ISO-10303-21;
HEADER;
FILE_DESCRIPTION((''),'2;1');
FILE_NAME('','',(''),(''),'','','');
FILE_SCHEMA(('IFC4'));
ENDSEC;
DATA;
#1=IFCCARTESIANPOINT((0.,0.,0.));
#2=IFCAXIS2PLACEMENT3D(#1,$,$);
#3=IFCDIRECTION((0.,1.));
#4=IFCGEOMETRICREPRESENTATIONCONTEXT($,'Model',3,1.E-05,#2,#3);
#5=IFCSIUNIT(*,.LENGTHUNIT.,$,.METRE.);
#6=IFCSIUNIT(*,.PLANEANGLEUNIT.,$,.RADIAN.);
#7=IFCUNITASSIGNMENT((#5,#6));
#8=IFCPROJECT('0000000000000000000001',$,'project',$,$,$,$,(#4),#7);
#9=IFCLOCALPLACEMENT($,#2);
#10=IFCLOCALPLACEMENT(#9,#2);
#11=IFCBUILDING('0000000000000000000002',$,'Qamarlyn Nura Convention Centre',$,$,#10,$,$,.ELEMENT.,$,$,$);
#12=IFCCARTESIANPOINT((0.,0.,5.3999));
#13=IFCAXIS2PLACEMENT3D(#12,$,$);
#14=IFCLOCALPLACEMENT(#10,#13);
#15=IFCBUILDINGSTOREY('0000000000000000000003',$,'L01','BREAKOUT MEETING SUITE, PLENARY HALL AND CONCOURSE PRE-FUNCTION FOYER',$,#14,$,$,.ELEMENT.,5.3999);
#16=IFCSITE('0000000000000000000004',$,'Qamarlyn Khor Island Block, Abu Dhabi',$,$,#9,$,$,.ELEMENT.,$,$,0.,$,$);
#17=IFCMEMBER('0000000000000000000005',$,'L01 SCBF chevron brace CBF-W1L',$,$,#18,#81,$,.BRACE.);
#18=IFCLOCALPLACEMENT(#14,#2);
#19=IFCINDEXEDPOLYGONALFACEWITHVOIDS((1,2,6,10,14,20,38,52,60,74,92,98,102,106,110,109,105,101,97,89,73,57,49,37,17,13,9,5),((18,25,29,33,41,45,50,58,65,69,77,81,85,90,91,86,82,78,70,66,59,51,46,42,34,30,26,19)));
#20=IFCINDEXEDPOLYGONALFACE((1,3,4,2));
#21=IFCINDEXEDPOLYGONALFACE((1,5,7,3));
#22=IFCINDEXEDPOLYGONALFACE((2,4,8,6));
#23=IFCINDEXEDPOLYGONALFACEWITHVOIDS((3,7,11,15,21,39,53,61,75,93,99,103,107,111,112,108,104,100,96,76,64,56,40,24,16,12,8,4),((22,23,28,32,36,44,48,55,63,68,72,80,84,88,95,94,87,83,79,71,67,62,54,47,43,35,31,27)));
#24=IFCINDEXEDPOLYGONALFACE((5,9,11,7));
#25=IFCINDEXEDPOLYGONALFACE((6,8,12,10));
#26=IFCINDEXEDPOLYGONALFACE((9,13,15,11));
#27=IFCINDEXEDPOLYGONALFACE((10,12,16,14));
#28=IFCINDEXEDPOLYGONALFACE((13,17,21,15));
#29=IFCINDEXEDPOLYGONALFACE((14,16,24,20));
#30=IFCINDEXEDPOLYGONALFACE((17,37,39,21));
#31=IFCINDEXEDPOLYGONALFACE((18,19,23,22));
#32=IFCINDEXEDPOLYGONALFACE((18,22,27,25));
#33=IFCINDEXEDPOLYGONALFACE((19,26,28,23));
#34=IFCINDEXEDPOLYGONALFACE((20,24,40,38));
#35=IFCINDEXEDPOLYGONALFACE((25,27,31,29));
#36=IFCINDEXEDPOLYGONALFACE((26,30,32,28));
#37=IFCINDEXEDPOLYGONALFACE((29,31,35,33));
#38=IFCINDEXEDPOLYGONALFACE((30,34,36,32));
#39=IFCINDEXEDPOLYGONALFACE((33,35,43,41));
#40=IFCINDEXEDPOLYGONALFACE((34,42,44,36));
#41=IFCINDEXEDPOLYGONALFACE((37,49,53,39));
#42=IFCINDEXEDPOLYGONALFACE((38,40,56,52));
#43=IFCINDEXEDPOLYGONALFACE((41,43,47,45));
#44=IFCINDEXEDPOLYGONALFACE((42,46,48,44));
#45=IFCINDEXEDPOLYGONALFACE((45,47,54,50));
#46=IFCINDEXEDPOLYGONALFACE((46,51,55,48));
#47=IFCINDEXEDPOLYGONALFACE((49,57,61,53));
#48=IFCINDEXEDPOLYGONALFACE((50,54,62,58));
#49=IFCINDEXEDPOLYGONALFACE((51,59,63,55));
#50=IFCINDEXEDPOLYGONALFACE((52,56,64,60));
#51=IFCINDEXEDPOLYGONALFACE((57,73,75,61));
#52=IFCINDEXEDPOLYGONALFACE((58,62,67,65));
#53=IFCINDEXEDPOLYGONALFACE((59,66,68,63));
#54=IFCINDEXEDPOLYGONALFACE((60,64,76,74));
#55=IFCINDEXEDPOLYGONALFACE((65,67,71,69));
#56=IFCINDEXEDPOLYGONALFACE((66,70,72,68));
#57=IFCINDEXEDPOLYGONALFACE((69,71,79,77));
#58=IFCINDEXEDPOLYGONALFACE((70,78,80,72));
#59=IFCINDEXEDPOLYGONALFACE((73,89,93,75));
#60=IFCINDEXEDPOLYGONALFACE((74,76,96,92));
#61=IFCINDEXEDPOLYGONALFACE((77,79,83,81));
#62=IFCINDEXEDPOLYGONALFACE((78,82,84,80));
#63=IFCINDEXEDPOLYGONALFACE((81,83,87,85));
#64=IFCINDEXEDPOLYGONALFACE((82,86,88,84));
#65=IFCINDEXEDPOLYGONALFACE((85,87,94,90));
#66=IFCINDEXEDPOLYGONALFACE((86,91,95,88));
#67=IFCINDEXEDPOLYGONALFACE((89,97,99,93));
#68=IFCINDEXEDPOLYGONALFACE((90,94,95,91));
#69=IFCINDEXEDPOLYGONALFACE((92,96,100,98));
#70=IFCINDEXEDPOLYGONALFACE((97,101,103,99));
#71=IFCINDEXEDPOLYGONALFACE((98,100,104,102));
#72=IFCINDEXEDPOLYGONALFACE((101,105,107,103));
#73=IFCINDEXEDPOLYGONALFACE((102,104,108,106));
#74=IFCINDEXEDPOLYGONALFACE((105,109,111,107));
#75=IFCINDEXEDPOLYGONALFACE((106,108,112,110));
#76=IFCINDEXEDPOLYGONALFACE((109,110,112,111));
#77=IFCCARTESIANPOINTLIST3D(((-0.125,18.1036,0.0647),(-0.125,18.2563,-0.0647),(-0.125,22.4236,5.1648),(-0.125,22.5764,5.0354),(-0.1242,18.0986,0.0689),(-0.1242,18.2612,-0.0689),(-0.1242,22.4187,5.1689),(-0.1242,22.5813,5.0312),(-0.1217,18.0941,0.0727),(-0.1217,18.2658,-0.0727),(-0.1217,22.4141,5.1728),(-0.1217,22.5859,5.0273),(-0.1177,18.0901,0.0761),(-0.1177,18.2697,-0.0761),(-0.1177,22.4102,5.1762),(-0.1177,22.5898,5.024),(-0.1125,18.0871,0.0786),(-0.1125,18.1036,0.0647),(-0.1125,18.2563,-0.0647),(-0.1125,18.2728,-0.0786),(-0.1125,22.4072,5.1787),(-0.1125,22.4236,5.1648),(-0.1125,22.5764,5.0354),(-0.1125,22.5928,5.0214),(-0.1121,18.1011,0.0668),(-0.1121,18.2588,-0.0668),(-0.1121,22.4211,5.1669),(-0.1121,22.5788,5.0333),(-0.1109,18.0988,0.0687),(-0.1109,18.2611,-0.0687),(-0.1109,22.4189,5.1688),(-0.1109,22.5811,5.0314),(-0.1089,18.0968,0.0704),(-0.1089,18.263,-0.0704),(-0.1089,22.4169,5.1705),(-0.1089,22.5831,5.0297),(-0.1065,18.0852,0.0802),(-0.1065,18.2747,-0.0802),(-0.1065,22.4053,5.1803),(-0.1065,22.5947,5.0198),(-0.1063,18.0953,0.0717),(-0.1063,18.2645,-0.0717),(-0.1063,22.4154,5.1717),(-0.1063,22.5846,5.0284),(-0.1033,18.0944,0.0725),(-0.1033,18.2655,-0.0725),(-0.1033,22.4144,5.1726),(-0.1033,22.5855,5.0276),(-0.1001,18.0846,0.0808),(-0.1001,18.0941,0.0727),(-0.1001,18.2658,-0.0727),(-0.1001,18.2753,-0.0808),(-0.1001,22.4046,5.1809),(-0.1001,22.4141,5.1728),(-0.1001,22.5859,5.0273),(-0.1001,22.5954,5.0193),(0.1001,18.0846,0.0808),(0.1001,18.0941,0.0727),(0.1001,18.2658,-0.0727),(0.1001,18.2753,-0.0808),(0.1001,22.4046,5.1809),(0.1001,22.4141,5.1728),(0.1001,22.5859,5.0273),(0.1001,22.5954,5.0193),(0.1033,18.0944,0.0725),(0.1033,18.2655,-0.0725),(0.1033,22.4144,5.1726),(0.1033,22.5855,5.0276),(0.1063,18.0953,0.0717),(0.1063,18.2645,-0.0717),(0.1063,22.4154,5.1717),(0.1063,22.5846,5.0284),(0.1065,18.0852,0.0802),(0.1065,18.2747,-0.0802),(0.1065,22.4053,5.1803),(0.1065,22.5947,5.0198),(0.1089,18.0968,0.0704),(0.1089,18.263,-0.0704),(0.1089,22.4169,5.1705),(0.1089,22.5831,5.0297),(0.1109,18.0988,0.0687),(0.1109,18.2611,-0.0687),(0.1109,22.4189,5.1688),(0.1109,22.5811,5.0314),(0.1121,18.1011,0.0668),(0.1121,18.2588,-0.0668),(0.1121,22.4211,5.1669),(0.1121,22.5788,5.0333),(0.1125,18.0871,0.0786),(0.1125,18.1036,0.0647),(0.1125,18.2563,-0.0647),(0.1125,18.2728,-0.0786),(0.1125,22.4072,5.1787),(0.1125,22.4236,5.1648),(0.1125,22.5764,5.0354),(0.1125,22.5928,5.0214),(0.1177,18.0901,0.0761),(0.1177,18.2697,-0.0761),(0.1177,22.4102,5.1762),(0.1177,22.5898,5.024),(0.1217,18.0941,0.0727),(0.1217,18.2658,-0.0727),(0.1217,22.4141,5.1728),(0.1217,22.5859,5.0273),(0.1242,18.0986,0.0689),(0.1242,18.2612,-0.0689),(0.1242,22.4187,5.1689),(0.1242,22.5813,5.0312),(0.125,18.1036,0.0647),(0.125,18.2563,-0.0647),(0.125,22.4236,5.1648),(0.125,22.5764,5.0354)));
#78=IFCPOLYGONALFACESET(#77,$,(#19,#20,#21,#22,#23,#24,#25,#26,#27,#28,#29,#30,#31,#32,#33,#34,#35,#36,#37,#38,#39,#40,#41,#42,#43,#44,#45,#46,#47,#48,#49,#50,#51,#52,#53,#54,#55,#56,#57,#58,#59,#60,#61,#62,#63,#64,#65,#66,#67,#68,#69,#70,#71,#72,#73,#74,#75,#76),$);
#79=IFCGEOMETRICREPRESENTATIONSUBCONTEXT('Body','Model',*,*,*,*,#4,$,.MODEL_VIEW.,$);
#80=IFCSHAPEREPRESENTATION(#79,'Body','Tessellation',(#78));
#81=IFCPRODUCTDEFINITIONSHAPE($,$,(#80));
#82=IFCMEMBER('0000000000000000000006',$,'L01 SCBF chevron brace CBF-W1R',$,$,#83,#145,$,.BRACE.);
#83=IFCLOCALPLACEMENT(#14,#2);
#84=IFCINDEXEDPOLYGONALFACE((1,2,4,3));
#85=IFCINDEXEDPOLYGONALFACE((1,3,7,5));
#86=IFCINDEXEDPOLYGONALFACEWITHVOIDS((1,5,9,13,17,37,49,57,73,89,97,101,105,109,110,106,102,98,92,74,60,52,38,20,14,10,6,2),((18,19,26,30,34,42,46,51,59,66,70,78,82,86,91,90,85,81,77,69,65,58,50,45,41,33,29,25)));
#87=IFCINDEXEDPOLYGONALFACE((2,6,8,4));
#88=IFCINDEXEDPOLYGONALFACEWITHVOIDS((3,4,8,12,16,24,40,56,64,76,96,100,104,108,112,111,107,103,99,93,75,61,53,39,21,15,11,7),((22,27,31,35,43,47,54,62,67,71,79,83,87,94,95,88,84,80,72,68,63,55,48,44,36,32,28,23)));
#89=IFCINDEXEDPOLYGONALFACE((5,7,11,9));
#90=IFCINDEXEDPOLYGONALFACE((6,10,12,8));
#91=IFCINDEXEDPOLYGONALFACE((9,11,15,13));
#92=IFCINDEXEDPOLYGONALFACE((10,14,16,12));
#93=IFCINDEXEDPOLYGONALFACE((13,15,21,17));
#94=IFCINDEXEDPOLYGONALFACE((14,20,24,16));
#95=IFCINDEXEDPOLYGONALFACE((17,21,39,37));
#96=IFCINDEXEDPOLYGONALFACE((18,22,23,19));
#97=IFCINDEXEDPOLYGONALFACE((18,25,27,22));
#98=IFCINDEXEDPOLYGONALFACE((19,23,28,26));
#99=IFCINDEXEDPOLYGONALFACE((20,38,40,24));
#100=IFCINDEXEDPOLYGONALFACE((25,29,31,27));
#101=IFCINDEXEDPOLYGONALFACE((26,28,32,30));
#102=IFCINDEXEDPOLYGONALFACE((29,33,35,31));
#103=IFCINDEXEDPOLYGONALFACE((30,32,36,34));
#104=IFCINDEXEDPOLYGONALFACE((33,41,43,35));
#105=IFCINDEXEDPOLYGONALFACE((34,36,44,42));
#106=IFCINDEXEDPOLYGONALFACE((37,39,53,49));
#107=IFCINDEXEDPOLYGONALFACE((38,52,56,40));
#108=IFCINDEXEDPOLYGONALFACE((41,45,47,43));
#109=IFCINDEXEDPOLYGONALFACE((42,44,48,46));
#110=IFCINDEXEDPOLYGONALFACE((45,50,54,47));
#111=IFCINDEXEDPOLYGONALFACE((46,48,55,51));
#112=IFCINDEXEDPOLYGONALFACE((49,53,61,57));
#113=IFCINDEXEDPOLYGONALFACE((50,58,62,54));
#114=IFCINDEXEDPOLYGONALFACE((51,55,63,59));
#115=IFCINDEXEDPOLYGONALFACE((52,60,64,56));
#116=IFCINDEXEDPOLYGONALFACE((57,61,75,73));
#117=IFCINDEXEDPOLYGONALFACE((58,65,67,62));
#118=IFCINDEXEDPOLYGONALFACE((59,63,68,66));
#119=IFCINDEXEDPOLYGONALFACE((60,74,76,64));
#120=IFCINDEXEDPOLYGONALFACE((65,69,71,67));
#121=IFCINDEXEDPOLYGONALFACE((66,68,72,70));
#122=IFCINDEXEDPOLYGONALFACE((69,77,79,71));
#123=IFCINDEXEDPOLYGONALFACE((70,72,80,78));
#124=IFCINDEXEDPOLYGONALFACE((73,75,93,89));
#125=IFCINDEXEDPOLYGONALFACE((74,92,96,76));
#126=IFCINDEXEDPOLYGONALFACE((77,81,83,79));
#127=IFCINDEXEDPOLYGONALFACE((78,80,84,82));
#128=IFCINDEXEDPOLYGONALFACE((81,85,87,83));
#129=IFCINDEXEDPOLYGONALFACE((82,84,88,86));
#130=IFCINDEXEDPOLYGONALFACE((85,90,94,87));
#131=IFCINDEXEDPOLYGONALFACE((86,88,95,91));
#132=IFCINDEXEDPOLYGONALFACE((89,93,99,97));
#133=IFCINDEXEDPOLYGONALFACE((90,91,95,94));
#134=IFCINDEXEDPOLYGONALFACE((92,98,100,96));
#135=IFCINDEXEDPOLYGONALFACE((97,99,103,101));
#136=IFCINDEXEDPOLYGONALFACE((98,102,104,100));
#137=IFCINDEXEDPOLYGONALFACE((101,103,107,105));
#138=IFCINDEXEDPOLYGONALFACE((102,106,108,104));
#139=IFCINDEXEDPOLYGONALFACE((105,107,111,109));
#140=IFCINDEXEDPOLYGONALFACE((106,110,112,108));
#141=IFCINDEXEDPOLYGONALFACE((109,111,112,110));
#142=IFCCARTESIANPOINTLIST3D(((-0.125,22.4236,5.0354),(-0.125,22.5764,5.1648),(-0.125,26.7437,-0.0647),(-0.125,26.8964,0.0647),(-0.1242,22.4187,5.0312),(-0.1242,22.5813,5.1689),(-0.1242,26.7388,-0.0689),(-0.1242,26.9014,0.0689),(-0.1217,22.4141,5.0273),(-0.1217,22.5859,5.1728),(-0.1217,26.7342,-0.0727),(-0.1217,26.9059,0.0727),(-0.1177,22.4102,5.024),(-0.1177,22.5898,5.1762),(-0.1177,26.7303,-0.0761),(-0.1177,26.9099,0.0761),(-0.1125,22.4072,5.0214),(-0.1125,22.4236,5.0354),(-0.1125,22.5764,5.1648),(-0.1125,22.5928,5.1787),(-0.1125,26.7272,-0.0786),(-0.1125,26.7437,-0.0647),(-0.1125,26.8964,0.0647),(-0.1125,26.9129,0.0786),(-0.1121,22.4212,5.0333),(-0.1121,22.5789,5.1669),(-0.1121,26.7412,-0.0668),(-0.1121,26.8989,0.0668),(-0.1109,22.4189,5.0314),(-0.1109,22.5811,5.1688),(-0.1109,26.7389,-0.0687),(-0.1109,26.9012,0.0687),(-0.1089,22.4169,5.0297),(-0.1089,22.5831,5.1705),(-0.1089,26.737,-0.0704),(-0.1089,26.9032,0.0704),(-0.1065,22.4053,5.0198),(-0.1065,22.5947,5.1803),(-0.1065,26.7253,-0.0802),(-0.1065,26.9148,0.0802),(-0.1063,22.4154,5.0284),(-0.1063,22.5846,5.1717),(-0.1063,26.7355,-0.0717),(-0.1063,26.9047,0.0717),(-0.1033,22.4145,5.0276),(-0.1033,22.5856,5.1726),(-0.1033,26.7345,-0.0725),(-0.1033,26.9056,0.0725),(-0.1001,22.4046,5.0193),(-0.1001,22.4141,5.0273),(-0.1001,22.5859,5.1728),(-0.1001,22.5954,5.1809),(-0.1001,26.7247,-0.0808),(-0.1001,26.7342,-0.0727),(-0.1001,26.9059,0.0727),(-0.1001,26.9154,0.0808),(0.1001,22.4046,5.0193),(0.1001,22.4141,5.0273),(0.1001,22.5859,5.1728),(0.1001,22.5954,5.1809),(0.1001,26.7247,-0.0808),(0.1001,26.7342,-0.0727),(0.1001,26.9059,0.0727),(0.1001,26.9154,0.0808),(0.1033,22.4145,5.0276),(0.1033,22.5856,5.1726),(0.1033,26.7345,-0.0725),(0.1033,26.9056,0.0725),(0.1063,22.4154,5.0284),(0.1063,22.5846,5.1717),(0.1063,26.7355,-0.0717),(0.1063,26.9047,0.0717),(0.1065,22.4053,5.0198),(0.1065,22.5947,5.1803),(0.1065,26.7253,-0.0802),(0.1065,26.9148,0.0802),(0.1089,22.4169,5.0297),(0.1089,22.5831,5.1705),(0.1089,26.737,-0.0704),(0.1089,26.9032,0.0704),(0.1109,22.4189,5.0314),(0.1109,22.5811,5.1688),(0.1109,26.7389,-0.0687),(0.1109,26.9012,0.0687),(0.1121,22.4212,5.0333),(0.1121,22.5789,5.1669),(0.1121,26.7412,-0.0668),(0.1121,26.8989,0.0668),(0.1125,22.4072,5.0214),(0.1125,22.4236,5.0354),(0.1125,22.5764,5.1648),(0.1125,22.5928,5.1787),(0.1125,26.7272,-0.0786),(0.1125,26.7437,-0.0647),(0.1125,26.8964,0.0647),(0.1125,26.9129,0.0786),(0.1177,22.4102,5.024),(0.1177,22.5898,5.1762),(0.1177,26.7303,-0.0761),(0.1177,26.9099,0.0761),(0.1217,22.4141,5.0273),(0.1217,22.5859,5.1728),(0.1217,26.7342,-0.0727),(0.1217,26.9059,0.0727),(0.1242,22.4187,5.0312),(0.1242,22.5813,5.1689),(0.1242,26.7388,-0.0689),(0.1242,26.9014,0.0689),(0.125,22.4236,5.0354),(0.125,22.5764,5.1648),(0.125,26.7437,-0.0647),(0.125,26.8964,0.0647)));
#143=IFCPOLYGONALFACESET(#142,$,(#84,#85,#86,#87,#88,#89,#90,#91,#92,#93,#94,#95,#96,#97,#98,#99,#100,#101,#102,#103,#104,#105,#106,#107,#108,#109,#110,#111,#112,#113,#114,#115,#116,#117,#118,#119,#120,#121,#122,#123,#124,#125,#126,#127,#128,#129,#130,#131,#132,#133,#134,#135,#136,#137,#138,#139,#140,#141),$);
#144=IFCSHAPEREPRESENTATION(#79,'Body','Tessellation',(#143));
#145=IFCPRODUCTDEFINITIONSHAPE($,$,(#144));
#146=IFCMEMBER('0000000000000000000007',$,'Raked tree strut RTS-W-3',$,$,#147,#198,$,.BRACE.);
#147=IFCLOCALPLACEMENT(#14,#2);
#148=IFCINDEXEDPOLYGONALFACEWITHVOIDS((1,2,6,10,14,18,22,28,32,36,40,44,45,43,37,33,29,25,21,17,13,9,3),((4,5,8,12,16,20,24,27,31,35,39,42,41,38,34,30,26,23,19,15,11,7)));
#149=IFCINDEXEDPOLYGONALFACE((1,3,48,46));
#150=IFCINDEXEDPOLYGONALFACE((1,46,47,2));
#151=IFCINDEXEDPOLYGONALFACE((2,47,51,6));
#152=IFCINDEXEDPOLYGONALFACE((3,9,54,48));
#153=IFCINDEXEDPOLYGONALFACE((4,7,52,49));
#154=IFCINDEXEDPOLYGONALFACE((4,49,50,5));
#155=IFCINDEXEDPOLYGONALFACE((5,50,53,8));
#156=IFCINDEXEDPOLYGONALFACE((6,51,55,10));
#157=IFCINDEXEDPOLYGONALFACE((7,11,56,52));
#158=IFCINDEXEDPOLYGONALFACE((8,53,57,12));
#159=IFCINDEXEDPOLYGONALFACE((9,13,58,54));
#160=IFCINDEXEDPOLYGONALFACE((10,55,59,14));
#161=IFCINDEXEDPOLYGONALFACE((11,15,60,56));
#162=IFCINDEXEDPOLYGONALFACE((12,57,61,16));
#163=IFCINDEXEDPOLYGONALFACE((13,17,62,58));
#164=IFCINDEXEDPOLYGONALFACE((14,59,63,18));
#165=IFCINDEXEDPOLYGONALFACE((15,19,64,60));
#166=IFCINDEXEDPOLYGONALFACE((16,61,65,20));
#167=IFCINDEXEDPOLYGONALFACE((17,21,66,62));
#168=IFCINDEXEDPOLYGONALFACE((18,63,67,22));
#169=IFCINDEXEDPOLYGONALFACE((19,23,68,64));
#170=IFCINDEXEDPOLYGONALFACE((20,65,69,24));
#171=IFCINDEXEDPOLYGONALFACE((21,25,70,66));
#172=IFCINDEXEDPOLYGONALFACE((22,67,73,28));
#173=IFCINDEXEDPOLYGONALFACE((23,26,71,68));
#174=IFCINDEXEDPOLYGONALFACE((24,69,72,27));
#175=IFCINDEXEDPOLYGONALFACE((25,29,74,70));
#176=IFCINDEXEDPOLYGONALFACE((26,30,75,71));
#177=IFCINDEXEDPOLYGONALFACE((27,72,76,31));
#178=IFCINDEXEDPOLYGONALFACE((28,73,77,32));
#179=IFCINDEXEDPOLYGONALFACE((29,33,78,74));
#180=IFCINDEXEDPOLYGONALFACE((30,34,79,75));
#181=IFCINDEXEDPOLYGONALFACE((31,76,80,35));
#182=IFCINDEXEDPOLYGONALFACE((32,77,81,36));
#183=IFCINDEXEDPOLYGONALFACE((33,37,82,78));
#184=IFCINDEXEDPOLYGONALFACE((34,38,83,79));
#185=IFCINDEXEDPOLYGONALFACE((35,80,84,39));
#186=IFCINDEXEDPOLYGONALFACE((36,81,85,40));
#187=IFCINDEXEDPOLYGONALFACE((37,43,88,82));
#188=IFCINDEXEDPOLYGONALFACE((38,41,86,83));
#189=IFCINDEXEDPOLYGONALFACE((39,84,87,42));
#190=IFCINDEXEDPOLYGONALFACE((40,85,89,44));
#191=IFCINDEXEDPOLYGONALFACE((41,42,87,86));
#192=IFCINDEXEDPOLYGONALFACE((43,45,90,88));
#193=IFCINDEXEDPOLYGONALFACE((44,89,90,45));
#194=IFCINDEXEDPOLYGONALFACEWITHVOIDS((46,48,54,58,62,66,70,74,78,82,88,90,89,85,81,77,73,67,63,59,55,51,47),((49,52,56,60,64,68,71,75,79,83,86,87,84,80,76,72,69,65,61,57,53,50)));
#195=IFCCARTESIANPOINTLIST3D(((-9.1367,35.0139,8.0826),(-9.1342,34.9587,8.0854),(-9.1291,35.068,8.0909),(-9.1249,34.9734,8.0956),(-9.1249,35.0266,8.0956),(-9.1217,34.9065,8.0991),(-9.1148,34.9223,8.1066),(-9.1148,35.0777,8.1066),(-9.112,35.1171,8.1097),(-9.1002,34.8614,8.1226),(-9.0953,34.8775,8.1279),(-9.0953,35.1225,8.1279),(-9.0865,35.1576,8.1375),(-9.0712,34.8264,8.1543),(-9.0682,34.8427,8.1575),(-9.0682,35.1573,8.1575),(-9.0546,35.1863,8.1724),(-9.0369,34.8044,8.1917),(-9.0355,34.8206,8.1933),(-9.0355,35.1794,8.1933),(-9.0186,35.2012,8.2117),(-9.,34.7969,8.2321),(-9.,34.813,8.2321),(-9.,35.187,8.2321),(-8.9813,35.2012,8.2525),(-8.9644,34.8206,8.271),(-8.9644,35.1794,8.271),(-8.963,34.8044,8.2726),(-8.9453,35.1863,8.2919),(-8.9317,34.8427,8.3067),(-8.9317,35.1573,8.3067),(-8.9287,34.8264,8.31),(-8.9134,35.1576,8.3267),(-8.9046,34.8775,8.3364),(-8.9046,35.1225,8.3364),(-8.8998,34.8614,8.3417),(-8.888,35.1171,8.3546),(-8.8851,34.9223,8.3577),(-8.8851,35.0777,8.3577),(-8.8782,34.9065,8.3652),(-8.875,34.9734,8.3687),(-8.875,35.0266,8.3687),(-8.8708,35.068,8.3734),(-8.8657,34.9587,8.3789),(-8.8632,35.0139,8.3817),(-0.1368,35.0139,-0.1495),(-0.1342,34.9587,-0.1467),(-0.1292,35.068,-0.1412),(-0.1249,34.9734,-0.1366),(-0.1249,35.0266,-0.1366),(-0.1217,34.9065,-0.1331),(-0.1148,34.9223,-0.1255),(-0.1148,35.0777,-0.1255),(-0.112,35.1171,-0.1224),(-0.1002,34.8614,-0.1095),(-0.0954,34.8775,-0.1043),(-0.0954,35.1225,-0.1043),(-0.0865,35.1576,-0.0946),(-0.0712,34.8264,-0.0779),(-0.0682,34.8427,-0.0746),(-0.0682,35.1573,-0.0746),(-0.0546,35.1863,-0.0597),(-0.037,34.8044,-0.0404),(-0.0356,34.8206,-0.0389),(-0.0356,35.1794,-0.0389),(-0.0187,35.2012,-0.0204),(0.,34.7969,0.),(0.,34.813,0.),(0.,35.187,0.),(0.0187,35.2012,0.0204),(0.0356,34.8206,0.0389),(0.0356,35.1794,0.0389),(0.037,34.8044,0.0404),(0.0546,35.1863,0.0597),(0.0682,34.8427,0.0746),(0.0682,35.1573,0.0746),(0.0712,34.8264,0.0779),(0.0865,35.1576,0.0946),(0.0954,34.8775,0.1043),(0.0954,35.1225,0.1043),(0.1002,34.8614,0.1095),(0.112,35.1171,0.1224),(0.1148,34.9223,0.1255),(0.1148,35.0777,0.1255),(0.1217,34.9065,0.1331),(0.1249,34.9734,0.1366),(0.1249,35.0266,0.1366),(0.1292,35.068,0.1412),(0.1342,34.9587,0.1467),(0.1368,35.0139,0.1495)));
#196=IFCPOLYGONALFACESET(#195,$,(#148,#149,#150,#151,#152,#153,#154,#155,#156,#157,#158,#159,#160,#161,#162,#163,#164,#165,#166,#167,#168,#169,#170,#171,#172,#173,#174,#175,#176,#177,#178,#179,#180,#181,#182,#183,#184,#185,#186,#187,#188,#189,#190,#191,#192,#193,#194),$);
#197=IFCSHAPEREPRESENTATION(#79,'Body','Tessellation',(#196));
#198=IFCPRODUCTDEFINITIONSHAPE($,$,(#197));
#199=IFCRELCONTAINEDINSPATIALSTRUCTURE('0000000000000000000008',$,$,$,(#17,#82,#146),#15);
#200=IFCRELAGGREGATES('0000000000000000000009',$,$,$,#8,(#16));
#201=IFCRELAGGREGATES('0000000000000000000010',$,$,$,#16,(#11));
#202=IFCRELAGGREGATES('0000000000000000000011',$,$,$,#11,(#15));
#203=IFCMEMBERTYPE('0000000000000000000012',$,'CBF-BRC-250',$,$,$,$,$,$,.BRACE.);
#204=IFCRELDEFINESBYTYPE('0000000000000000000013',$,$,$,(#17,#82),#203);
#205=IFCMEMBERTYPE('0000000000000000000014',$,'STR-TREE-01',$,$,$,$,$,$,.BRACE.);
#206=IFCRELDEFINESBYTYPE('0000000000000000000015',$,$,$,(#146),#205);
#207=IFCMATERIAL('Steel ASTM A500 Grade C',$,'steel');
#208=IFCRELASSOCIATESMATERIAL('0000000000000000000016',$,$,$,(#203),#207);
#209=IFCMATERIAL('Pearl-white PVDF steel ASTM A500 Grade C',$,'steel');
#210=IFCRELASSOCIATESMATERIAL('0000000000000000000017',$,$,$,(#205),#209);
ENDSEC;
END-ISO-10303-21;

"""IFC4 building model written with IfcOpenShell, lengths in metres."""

from ifc_helpers import new_model, si_unit, direction, frame, origin, origin_2d, place, context, subcontext, project, spatial, hollow_rectangle, hollow_circle, extrude, material, material_profile, profile_set, type_object, element, save


model = new_model("IFC4")

# Units and contexts
model_context = context("Model", 3, precision=1e-05, world=origin(), true_north=direction((0.0, 1.0)))
body_context = subcontext(model_context, "Body", "Model", "MODEL_VIEW")
ifc_project = project(units=[si_unit("LENGTHUNIT", "METRE"), si_unit("PLANEANGLEUNIT", "RADIAN")], contexts=[model_context])

# Site, building, storey
site_placement = place(None, origin())
site = spatial("IfcSite", under=ifc_project, at=site_placement, Name="Qamarlyn Khor Island Block, Abu Dhabi", CompositionType="ELEMENT", RefElevation=0.0)
building_placement = place(site_placement, origin())
building = spatial("IfcBuilding", under=site, at=building_placement, Name="Qamarlyn Nura Convention Centre", CompositionType="ELEMENT")
storey_placement = place(building_placement, frame((0.0, 0.0, 5.3999)))
storey = spatial("IfcBuildingStorey", under=building, at=storey_placement, Name="L01", Description="BREAKOUT MEETING SUITE, PLENARY HALL AND CONCOURSE PRE-FUNCTION FOYER", CompositionType="ELEMENT", Elevation=5.3999)

# Shared definitions
ifc_material_1 = material(Name="Pearl-white PVDF steel ASTM A500 Grade C", Category="steel")

# Shared definitions
ifc_material_2 = material(Name="Steel ASTM A500 Grade C", Category="steel")

# Members
ifc_material_profile_1 = material_profile(ifc_material_2, hollow_rectangle(XDim=0.25, YDim=0.25, WallThickness=0.0125, InnerFilletRadius=0.0125, OuterFilletRadius=0.0249, at=origin_2d()), Name="HSS250X250X12.5")
ifc_profile_set_1 = profile_set([ifc_material_profile_1], Name="Steel ASTM A500 Grade C")
member_type_1 = type_object("IfcMemberType", Name="CBF-BRC-250", PredefinedType="BRACE", material=ifc_profile_set_1)
for number, where, z_axis, x_axis, name in (
    (1, (0.0, 18.1799, 0.0), (0.0, 0.646343, 0.763047), (-1.0, 0.0, 0.0), "L01 SCBF chevron brace CBF-W1L"),
    (2, (0.0, 26.8201, 0.0), (0.0, -0.646343, 0.763047), (1.0, 0.0, 0.0), "L01 SCBF chevron brace CBF-W1R"),
):
    element("IfcMember", number, at=place(storey_placement, frame(where, z_axis=z_axis, x_axis=x_axis)), inside=storey, type_object=member_type_1, Name=name, PredefinedType="BRACE", context=body_context, shape_type="SweptSolid", body=[
        extrude(hollow_rectangle(XDim=0.25, YDim=0.25, WallThickness=0.0125, InnerFilletRadius=0.0125, OuterFilletRadius=0.0249, at=origin_2d()), origin(), (0.0, 0.0, 1.0), 6.6838),
    ])
ifc_material_profile_2 = material_profile(ifc_material_1, hollow_circle(Radius=0.2031, WallThickness=0.0161, at=origin_2d()), Name="CHS406.4X16")
ifc_profile_set_2 = profile_set([ifc_material_profile_2], Name="Pearl-white PVDF steel ASTM A500 Grade C")
member_type_2 = type_object("IfcMemberType", Name="STR-TREE-01", PredefinedType="BRACE", material=ifc_profile_set_2)
member_1_placement = place(storey_placement, frame((0.0, 35.0, 0.0), z_axis=(-0.737882, 0.0, 0.67493), x_axis=(0.0, -1.0, 0.0)))
element("IfcMember", 3, at=member_1_placement, inside=storey, type_object=member_type_2, Name="Raked tree strut RTS-W-3", PredefinedType="BRACE", context=body_context, shape_type="SweptSolid", body=[
    extrude(hollow_circle(Radius=0.2031, WallThickness=0.0161, at=origin_2d()), origin(), (0.0, 0.0, 1.0), 12.197),
])

save(model, "model.ifc")
